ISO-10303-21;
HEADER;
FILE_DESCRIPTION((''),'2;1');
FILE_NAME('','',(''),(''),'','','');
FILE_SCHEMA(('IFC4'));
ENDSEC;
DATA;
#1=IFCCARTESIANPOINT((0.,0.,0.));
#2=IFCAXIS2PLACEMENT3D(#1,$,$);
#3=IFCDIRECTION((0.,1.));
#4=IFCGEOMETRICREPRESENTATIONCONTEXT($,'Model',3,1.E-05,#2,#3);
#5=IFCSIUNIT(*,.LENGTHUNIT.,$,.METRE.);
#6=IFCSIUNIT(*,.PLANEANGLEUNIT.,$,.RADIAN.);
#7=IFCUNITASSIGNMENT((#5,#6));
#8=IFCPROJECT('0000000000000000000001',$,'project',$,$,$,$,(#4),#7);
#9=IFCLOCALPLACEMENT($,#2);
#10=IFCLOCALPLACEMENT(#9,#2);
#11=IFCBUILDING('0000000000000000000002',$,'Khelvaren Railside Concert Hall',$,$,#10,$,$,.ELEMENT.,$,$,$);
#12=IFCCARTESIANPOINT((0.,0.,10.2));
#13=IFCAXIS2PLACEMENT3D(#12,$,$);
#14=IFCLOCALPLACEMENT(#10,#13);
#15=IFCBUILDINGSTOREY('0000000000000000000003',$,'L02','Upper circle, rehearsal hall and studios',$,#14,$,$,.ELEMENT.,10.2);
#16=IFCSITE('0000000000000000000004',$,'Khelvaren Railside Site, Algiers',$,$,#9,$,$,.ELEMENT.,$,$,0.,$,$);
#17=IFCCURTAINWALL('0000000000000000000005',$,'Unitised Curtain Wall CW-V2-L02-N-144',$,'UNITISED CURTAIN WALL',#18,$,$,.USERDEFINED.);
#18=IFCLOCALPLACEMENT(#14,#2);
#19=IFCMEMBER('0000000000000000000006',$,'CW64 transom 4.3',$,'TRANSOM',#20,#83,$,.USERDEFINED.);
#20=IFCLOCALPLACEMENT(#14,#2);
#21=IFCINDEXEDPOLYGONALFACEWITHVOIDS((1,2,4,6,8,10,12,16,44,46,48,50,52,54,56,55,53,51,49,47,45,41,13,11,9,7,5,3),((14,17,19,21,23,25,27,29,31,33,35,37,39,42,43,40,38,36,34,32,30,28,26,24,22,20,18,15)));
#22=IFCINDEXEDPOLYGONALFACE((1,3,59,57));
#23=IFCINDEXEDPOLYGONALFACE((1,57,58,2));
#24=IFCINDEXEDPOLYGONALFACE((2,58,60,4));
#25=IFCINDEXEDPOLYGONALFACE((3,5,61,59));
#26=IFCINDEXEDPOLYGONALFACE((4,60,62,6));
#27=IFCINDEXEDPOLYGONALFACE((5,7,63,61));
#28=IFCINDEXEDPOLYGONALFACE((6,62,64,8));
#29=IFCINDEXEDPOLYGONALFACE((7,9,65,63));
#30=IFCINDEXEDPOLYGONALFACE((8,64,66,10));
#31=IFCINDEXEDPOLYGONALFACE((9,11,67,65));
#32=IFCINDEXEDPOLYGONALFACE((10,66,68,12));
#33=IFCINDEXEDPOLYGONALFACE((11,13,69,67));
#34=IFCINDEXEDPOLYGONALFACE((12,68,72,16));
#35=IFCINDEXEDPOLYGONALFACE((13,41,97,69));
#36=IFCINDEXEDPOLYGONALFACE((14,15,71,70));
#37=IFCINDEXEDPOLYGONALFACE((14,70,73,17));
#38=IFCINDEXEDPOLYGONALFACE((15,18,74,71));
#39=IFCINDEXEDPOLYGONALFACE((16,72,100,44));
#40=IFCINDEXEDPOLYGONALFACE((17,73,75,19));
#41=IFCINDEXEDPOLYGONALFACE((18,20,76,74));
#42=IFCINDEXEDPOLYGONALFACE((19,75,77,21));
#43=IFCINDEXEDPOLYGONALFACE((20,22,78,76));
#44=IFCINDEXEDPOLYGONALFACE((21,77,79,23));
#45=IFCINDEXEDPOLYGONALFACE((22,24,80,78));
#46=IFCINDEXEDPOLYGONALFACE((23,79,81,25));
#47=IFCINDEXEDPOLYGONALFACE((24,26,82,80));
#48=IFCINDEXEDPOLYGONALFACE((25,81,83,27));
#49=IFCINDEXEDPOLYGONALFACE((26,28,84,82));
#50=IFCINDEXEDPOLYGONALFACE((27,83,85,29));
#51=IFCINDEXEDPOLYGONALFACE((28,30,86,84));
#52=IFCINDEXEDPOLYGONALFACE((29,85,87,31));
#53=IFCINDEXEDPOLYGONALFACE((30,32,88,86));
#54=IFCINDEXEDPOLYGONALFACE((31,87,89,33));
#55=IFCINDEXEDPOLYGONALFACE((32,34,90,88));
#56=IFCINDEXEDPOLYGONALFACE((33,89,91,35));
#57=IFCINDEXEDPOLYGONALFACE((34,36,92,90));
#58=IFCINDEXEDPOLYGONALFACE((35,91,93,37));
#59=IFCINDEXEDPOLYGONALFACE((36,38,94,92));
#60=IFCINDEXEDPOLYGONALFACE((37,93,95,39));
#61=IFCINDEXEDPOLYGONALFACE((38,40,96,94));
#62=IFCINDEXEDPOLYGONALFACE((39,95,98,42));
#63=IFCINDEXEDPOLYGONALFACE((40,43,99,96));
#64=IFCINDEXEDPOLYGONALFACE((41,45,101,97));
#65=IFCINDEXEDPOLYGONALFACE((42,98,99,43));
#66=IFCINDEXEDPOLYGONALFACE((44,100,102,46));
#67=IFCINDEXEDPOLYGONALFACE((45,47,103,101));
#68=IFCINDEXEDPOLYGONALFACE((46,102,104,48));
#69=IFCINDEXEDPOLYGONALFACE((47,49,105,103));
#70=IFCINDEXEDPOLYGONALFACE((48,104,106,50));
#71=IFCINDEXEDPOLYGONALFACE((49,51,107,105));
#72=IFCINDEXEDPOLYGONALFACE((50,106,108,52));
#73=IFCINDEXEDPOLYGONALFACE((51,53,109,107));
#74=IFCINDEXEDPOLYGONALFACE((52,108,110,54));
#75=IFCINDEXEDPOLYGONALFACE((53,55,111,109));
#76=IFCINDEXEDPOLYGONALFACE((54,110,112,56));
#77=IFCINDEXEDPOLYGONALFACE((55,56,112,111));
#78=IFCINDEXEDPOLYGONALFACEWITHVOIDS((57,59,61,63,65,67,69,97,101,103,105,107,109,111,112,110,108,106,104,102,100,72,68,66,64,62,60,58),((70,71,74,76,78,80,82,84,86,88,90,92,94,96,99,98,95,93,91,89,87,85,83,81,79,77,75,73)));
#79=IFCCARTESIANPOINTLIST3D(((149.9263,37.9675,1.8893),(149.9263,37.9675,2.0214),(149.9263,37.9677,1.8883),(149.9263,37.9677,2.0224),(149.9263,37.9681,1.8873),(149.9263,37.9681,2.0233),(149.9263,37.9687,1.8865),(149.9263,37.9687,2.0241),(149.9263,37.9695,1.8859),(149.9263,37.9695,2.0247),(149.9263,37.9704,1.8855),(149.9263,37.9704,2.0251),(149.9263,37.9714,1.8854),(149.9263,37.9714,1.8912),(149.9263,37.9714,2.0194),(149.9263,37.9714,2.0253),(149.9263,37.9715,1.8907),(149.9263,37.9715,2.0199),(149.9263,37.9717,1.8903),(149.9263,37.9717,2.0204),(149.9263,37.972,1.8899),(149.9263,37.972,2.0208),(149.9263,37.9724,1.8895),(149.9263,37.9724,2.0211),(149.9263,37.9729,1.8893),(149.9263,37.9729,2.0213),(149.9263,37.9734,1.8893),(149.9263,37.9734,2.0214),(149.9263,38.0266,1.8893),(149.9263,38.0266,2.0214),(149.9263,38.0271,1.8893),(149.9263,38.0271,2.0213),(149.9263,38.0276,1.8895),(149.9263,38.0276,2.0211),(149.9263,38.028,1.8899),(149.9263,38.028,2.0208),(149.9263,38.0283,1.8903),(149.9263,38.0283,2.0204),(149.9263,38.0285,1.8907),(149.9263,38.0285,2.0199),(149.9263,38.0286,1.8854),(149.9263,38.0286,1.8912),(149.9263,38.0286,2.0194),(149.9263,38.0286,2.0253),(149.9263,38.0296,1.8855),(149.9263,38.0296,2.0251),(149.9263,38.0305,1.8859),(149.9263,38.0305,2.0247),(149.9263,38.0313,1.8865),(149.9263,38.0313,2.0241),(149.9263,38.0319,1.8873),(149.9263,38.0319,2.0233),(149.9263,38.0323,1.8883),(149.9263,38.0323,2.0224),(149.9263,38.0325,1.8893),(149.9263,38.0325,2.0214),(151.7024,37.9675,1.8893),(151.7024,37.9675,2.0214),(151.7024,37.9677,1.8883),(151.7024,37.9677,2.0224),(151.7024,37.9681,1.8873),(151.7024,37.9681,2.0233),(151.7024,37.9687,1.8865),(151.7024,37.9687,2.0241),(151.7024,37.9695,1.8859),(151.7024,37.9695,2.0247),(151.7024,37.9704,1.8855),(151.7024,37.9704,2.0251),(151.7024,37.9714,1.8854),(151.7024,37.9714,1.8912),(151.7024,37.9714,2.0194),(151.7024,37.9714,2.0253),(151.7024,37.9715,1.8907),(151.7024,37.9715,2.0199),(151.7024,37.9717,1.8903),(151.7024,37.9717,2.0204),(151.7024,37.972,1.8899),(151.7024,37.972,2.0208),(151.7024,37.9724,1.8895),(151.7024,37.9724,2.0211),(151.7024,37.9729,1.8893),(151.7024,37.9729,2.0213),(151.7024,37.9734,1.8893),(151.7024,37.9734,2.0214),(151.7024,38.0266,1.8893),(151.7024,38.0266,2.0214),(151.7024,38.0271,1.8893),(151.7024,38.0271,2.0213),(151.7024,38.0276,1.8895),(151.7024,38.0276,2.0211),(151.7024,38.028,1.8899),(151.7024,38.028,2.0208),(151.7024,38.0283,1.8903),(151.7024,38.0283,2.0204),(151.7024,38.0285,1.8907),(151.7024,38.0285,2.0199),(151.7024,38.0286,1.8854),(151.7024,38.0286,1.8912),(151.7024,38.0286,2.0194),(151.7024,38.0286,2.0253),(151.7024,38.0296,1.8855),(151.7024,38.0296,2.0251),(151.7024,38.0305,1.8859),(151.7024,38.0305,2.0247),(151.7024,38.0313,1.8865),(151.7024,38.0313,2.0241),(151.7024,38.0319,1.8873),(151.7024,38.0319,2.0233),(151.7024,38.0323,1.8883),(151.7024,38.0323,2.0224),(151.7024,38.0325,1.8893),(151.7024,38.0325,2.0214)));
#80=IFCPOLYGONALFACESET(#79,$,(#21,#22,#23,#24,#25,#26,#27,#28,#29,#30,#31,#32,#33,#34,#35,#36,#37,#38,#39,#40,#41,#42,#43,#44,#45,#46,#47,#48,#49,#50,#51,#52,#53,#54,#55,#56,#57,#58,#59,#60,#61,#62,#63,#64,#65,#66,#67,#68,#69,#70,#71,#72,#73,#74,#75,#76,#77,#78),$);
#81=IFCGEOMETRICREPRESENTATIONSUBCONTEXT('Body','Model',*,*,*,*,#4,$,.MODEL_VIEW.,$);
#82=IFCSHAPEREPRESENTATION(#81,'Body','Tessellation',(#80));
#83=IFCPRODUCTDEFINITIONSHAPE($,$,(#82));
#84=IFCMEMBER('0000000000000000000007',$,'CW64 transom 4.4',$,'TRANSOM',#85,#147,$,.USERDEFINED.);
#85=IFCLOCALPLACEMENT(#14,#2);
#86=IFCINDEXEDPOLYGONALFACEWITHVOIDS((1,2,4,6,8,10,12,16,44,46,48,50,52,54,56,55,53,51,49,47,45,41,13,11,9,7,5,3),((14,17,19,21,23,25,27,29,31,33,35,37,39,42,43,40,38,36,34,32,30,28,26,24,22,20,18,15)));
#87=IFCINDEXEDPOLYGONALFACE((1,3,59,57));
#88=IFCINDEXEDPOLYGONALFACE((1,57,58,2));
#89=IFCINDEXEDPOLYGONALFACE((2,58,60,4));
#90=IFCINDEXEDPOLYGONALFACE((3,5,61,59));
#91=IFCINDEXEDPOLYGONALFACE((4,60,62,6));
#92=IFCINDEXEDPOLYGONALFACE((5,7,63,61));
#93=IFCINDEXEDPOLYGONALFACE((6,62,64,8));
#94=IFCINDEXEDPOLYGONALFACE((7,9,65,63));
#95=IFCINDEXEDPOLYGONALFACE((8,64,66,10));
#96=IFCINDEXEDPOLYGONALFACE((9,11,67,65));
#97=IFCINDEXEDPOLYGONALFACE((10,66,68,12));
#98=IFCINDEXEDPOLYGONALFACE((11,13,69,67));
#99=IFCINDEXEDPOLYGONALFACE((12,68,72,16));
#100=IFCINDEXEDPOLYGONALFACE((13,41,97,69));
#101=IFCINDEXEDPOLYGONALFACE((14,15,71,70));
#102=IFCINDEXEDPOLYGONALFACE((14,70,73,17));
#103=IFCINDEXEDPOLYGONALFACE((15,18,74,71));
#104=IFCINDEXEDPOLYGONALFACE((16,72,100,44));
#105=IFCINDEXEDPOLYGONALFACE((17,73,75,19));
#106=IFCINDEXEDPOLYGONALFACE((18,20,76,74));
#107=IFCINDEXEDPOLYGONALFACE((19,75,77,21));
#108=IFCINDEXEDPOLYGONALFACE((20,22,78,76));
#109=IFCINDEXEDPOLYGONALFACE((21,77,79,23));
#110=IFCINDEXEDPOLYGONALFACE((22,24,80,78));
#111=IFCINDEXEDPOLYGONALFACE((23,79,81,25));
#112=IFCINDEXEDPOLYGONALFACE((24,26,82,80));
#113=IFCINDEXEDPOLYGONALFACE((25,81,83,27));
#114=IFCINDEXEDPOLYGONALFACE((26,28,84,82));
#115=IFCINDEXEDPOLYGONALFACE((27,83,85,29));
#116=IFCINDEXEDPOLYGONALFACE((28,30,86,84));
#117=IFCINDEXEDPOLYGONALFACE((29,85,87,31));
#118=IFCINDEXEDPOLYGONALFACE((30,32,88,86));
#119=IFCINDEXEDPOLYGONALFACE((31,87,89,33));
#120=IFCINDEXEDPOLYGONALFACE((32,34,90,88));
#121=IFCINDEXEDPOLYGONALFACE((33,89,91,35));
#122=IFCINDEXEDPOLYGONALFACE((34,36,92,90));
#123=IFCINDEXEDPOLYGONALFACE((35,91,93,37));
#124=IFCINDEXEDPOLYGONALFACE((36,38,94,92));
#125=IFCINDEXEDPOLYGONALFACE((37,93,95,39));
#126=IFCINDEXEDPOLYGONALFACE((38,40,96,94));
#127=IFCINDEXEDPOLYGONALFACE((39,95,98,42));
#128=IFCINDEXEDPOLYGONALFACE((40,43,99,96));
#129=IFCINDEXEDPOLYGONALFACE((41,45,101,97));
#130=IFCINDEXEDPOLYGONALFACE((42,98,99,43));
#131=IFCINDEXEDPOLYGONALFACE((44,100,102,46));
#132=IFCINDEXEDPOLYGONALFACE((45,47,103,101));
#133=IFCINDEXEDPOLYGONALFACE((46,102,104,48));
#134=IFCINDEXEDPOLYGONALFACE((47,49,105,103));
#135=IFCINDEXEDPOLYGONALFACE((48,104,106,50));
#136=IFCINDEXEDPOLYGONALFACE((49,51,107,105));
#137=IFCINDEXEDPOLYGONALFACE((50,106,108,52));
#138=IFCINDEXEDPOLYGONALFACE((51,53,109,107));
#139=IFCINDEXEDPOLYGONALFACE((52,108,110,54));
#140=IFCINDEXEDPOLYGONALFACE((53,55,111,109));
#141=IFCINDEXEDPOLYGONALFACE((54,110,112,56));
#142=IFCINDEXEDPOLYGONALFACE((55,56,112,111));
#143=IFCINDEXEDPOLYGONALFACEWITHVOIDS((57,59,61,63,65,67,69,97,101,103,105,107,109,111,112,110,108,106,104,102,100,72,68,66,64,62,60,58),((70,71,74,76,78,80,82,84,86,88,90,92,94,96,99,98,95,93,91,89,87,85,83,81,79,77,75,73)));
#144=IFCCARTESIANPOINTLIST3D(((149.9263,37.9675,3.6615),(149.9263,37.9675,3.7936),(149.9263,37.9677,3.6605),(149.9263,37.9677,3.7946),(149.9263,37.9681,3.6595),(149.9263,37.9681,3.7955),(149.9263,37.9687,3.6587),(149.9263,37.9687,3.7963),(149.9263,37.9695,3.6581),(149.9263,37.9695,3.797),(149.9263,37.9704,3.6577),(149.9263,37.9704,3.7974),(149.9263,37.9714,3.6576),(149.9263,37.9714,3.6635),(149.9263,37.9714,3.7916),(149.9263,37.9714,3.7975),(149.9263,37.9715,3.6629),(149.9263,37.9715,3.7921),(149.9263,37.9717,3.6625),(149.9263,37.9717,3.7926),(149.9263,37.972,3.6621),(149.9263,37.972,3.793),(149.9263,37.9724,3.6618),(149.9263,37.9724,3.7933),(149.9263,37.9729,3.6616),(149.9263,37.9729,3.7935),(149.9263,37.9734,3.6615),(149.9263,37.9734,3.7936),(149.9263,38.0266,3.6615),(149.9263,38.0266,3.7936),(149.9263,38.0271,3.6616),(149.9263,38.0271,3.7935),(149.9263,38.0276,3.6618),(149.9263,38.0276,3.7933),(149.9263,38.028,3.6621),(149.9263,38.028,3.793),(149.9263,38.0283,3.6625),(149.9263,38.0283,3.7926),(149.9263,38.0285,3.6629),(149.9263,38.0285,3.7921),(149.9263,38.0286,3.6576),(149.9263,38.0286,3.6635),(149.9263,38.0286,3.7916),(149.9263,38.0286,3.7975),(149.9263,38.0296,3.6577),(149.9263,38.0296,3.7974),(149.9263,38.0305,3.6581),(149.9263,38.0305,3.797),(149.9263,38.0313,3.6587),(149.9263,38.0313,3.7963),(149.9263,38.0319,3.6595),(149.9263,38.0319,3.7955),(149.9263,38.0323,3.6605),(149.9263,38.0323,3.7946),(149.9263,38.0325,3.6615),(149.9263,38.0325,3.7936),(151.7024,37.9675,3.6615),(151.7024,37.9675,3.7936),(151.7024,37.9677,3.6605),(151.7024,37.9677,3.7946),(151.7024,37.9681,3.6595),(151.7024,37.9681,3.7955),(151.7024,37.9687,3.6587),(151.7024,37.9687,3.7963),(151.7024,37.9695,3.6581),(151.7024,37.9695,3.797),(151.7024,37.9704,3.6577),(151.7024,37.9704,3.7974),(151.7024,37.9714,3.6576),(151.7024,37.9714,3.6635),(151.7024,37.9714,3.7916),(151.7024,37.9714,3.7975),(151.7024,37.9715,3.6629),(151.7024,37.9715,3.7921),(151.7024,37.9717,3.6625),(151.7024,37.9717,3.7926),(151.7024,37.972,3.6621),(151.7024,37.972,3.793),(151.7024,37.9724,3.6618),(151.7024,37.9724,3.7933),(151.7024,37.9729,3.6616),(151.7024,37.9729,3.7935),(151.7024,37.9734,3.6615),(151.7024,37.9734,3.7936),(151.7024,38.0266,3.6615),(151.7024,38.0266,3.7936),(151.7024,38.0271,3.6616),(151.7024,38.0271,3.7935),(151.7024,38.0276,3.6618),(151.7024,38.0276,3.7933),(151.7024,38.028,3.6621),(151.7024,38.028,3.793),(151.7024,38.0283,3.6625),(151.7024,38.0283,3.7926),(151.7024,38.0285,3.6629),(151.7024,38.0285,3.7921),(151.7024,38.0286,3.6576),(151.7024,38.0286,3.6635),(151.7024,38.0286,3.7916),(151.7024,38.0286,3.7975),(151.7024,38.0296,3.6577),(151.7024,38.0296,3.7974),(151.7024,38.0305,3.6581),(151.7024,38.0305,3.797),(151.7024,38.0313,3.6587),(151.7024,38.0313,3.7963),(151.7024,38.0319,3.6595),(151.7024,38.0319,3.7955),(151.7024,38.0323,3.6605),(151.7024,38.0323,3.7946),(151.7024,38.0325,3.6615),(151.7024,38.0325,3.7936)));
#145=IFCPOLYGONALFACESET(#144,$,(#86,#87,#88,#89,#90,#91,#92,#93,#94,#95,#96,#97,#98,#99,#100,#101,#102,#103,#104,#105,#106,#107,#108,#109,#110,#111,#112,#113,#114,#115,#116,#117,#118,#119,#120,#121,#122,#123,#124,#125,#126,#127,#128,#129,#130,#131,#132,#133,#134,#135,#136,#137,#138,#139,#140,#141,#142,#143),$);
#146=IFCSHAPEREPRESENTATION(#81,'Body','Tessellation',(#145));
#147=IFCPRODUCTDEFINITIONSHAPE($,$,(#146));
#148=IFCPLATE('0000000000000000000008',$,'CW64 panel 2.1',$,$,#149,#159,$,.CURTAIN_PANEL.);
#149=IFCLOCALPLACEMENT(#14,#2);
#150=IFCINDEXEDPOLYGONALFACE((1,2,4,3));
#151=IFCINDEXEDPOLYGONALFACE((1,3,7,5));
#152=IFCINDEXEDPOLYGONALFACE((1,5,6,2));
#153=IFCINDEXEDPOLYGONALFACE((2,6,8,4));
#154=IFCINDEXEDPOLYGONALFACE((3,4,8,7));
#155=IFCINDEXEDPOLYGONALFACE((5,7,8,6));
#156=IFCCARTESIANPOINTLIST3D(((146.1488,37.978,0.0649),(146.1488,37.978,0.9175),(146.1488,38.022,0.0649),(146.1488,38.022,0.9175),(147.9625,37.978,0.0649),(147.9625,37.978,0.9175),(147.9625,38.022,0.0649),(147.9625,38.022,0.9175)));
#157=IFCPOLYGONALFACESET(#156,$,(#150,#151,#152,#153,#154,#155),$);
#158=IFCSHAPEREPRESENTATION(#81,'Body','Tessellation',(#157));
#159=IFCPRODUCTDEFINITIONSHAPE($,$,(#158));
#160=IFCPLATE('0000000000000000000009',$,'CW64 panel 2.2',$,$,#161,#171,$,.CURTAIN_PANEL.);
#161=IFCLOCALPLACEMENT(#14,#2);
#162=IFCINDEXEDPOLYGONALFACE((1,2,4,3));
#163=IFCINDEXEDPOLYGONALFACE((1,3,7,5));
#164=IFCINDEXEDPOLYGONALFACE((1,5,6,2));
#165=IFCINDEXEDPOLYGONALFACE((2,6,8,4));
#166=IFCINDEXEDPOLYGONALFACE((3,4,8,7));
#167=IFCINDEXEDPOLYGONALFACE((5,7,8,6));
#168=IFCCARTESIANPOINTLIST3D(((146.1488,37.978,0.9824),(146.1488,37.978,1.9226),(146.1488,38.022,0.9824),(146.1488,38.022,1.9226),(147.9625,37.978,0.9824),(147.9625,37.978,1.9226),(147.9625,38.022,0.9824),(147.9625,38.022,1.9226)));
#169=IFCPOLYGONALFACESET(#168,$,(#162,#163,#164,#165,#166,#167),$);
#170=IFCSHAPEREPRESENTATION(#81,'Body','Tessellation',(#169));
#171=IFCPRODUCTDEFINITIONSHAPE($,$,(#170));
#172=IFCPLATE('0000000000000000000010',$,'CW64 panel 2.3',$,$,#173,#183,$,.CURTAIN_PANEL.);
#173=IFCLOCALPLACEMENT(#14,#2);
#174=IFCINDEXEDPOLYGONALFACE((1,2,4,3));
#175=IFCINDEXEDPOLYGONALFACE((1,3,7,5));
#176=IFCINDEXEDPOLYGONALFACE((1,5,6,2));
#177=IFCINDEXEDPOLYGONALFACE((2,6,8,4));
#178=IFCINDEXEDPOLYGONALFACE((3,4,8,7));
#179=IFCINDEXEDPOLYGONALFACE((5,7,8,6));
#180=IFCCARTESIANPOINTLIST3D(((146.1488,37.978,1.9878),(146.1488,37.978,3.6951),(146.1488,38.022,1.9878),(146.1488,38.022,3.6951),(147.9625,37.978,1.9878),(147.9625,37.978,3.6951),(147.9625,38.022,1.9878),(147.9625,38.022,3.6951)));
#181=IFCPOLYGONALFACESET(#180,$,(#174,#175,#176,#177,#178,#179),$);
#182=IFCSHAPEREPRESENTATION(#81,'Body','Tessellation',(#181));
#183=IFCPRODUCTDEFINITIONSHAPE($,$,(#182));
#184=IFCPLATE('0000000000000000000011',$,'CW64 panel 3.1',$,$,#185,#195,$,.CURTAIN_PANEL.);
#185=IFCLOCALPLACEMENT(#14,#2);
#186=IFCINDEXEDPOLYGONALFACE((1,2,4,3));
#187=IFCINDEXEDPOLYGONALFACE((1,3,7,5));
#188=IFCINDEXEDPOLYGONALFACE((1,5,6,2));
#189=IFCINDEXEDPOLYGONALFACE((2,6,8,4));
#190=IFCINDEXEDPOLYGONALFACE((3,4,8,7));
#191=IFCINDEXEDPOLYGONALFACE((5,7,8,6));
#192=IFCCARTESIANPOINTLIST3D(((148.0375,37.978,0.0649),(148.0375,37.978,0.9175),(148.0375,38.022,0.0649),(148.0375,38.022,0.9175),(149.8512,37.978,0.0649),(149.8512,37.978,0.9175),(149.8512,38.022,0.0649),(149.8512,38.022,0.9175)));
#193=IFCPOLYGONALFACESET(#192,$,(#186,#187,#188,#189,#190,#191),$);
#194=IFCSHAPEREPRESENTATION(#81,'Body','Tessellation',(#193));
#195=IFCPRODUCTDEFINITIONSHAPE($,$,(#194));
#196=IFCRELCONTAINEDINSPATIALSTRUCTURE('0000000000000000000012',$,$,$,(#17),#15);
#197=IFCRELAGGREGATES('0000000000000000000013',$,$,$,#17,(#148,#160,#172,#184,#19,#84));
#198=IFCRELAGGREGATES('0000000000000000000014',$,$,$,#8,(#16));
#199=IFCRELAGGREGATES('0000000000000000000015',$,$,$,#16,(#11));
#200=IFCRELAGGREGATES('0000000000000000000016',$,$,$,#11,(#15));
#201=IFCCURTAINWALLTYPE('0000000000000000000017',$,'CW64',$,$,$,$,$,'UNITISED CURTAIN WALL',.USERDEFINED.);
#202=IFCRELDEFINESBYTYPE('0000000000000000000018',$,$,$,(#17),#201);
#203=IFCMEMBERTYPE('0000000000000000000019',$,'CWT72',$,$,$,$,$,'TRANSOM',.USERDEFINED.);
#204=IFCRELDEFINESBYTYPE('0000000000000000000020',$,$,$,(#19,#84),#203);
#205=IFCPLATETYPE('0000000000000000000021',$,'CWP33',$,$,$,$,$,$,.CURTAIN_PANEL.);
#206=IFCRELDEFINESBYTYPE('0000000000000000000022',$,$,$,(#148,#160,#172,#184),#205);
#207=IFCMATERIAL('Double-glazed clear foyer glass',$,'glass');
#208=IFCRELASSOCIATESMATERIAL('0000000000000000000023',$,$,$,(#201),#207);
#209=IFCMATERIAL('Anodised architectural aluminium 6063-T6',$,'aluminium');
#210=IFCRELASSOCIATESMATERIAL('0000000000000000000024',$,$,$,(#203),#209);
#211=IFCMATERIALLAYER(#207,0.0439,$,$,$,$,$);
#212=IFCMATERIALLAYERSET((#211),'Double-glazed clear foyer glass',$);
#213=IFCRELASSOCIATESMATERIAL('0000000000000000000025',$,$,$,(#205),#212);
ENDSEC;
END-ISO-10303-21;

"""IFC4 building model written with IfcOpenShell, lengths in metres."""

from ifc_helpers import new_model, si_unit, direction, frame, origin, origin_2d, place, context, subcontext, project, spatial, rectangle, hollow_rectangle, extrude, material, layer, layer_set, material_profile, profile_set, type_object, element, aggregate, save


model = new_model("IFC4")

# Units and contexts
model_context = context("Model", 3, precision=1e-05, world=origin(), true_north=direction((0.0, 1.0)))
body_context = subcontext(model_context, "Body", "Model", "MODEL_VIEW")
ifc_project = project(units=[si_unit("LENGTHUNIT", "METRE"), si_unit("PLANEANGLEUNIT", "RADIAN")], contexts=[model_context])

# Site, building, storey
site_placement = place(None, origin())
site = spatial("IfcSite", under=ifc_project, at=site_placement, Name="Khelvaren Railside Site, Algiers", CompositionType="ELEMENT", RefElevation=0.0)
building_placement = place(site_placement, origin())
building = spatial("IfcBuilding", under=site, at=building_placement, Name="Khelvaren Railside Concert Hall", CompositionType="ELEMENT")
storey_placement = place(building_placement, frame((0.0, 0.0, 10.2)))
storey = spatial("IfcBuildingStorey", under=building, at=storey_placement, Name="L02", Description="Upper circle, rehearsal hall and studios", CompositionType="ELEMENT", Elevation=10.2)

# Curtain wall, members, plates
ifc_material_1 = material(Name="Double-glazed clear foyer glass", Category="glass")
curtain_wall_type = type_object("IfcCurtainWallType", Name="CW64", ElementType="UNITISED CURTAIN WALL", PredefinedType="USERDEFINED", material=ifc_material_1)
curtain_wall_placement = place(storey_placement, origin())
curtain_wall = element("IfcCurtainWall", 1, at=curtain_wall_placement, inside=storey, type_object=curtain_wall_type, Name="Unitised Curtain Wall CW-V2-L02-N-144", ObjectType="UNITISED CURTAIN WALL", PredefinedType="USERDEFINED")
ifc_material_2 = material(Name="Anodised architectural aluminium 6063-T6", Category="aluminium")
ifc_material_profile_1 = material_profile(ifc_material_2, hollow_rectangle(XDim=0.0649, YDim=0.1399, WallThickness=0.0039, InnerFilletRadius=0.002, OuterFilletRadius=0.0039, at=origin_2d()), Name="CWT 65x140x4")
ifc_profile_set_1 = profile_set([ifc_material_profile_1], Name="Anodised architectural aluminium 6063-T6")
member_type_1 = type_object("IfcMemberType", Name="CWT72", ElementType="TRANSOM", PredefinedType="USERDEFINED", material=ifc_profile_set_1)
member_1_placement = place(storey_placement, frame((149.9263, 38.0, 1.9553), z_axis=(1.0, 0.0, 0.0), x_axis=(0.0, 1.0, 0.0)))
member_1 = element("IfcMember", 2, at=member_1_placement, type_object=member_type_1, Name="CW64 transom 4.3", ObjectType="TRANSOM", PredefinedType="USERDEFINED", context=body_context, shape_type="SweptSolid", body=[
    extrude(hollow_rectangle(XDim=0.0649, YDim=0.1399, WallThickness=0.0039, InnerFilletRadius=0.002, OuterFilletRadius=0.0039, at=origin_2d()), origin(), (0.0, 0.0, 1.0), 1.7761),
])
member_2_placement = place(storey_placement, frame((149.9263, 38.0, 3.7275), z_axis=(1.0, 0.0, 0.0), x_axis=(0.0, 1.0, 0.0)))
member_2 = element("IfcMember", 3, at=member_2_placement, type_object=member_type_1, Name="CW64 transom 4.4", ObjectType="TRANSOM", PredefinedType="USERDEFINED", context=body_context, shape_type="SweptSolid", body=[
    extrude(hollow_rectangle(XDim=0.0649, YDim=0.1399, WallThickness=0.0039, InnerFilletRadius=0.002, OuterFilletRadius=0.0039, at=origin_2d()), origin(), (0.0, 0.0, 1.0), 1.7761),
])
ifc_layer = layer(ifc_material_1, 0.0439)
ifc_layer_set = layer_set([ifc_layer], Name="Double-glazed clear foyer glass")
plate_type = type_object("IfcPlateType", Name="CWP33", PredefinedType="CURTAIN_PANEL", material=ifc_layer_set)
plate_1_placement = place(storey_placement, frame((147.0557, 38.0, 0.0649), z_axis=(0.0, 0.0, 1.0), x_axis=(1.0, 0.0, 0.0)))
plate_1 = element("IfcPlate", 4, at=plate_1_placement, type_object=plate_type, Name="CW64 panel 2.1", PredefinedType="CURTAIN_PANEL", context=body_context, shape_type="SweptSolid", body=[
    extrude(rectangle(XDim=1.8137, YDim=0.0439, at=origin_2d()), origin(), (0.0, 0.0, 1.0), 0.8525),
])
plate_2_placement = place(storey_placement, frame((147.0557, 38.0, 0.9824), z_axis=(0.0, 0.0, 1.0), x_axis=(1.0, 0.0, 0.0)))
plate_2 = element("IfcPlate", 5, at=plate_2_placement, type_object=plate_type, Name="CW64 panel 2.2", PredefinedType="CURTAIN_PANEL", context=body_context, shape_type="SweptSolid", body=[
    extrude(rectangle(XDim=1.8137, YDim=0.0439, at=origin_2d()), origin(), (0.0, 0.0, 1.0), 0.9402),
])
plate_3_placement = place(storey_placement, frame((147.0557, 38.0, 1.9878), z_axis=(0.0, 0.0, 1.0), x_axis=(1.0, 0.0, 0.0)))
plate_3 = element("IfcPlate", 6, at=plate_3_placement, type_object=plate_type, Name="CW64 panel 2.3", PredefinedType="CURTAIN_PANEL", context=body_context, shape_type="SweptSolid", body=[
    extrude(rectangle(XDim=1.8137, YDim=0.0439, at=origin_2d()), origin(), (0.0, 0.0, 1.0), 1.7073),
])
plate_4_placement = place(storey_placement, frame((148.9443, 38.0, 0.0649), z_axis=(0.0, 0.0, 1.0), x_axis=(1.0, 0.0, 0.0)))
plate_4 = element("IfcPlate", 7, at=plate_4_placement, type_object=plate_type, Name="CW64 panel 3.1", PredefinedType="CURTAIN_PANEL", context=body_context, shape_type="SweptSolid", body=[
    extrude(rectangle(XDim=1.8137, YDim=0.0439, at=origin_2d()), origin(), (0.0, 0.0, 1.0), 0.8525),
])
aggregate(curtain_wall, [plate_1, plate_2, plate_3, plate_4, member_1, member_2])

save(model, "model.ifc")
